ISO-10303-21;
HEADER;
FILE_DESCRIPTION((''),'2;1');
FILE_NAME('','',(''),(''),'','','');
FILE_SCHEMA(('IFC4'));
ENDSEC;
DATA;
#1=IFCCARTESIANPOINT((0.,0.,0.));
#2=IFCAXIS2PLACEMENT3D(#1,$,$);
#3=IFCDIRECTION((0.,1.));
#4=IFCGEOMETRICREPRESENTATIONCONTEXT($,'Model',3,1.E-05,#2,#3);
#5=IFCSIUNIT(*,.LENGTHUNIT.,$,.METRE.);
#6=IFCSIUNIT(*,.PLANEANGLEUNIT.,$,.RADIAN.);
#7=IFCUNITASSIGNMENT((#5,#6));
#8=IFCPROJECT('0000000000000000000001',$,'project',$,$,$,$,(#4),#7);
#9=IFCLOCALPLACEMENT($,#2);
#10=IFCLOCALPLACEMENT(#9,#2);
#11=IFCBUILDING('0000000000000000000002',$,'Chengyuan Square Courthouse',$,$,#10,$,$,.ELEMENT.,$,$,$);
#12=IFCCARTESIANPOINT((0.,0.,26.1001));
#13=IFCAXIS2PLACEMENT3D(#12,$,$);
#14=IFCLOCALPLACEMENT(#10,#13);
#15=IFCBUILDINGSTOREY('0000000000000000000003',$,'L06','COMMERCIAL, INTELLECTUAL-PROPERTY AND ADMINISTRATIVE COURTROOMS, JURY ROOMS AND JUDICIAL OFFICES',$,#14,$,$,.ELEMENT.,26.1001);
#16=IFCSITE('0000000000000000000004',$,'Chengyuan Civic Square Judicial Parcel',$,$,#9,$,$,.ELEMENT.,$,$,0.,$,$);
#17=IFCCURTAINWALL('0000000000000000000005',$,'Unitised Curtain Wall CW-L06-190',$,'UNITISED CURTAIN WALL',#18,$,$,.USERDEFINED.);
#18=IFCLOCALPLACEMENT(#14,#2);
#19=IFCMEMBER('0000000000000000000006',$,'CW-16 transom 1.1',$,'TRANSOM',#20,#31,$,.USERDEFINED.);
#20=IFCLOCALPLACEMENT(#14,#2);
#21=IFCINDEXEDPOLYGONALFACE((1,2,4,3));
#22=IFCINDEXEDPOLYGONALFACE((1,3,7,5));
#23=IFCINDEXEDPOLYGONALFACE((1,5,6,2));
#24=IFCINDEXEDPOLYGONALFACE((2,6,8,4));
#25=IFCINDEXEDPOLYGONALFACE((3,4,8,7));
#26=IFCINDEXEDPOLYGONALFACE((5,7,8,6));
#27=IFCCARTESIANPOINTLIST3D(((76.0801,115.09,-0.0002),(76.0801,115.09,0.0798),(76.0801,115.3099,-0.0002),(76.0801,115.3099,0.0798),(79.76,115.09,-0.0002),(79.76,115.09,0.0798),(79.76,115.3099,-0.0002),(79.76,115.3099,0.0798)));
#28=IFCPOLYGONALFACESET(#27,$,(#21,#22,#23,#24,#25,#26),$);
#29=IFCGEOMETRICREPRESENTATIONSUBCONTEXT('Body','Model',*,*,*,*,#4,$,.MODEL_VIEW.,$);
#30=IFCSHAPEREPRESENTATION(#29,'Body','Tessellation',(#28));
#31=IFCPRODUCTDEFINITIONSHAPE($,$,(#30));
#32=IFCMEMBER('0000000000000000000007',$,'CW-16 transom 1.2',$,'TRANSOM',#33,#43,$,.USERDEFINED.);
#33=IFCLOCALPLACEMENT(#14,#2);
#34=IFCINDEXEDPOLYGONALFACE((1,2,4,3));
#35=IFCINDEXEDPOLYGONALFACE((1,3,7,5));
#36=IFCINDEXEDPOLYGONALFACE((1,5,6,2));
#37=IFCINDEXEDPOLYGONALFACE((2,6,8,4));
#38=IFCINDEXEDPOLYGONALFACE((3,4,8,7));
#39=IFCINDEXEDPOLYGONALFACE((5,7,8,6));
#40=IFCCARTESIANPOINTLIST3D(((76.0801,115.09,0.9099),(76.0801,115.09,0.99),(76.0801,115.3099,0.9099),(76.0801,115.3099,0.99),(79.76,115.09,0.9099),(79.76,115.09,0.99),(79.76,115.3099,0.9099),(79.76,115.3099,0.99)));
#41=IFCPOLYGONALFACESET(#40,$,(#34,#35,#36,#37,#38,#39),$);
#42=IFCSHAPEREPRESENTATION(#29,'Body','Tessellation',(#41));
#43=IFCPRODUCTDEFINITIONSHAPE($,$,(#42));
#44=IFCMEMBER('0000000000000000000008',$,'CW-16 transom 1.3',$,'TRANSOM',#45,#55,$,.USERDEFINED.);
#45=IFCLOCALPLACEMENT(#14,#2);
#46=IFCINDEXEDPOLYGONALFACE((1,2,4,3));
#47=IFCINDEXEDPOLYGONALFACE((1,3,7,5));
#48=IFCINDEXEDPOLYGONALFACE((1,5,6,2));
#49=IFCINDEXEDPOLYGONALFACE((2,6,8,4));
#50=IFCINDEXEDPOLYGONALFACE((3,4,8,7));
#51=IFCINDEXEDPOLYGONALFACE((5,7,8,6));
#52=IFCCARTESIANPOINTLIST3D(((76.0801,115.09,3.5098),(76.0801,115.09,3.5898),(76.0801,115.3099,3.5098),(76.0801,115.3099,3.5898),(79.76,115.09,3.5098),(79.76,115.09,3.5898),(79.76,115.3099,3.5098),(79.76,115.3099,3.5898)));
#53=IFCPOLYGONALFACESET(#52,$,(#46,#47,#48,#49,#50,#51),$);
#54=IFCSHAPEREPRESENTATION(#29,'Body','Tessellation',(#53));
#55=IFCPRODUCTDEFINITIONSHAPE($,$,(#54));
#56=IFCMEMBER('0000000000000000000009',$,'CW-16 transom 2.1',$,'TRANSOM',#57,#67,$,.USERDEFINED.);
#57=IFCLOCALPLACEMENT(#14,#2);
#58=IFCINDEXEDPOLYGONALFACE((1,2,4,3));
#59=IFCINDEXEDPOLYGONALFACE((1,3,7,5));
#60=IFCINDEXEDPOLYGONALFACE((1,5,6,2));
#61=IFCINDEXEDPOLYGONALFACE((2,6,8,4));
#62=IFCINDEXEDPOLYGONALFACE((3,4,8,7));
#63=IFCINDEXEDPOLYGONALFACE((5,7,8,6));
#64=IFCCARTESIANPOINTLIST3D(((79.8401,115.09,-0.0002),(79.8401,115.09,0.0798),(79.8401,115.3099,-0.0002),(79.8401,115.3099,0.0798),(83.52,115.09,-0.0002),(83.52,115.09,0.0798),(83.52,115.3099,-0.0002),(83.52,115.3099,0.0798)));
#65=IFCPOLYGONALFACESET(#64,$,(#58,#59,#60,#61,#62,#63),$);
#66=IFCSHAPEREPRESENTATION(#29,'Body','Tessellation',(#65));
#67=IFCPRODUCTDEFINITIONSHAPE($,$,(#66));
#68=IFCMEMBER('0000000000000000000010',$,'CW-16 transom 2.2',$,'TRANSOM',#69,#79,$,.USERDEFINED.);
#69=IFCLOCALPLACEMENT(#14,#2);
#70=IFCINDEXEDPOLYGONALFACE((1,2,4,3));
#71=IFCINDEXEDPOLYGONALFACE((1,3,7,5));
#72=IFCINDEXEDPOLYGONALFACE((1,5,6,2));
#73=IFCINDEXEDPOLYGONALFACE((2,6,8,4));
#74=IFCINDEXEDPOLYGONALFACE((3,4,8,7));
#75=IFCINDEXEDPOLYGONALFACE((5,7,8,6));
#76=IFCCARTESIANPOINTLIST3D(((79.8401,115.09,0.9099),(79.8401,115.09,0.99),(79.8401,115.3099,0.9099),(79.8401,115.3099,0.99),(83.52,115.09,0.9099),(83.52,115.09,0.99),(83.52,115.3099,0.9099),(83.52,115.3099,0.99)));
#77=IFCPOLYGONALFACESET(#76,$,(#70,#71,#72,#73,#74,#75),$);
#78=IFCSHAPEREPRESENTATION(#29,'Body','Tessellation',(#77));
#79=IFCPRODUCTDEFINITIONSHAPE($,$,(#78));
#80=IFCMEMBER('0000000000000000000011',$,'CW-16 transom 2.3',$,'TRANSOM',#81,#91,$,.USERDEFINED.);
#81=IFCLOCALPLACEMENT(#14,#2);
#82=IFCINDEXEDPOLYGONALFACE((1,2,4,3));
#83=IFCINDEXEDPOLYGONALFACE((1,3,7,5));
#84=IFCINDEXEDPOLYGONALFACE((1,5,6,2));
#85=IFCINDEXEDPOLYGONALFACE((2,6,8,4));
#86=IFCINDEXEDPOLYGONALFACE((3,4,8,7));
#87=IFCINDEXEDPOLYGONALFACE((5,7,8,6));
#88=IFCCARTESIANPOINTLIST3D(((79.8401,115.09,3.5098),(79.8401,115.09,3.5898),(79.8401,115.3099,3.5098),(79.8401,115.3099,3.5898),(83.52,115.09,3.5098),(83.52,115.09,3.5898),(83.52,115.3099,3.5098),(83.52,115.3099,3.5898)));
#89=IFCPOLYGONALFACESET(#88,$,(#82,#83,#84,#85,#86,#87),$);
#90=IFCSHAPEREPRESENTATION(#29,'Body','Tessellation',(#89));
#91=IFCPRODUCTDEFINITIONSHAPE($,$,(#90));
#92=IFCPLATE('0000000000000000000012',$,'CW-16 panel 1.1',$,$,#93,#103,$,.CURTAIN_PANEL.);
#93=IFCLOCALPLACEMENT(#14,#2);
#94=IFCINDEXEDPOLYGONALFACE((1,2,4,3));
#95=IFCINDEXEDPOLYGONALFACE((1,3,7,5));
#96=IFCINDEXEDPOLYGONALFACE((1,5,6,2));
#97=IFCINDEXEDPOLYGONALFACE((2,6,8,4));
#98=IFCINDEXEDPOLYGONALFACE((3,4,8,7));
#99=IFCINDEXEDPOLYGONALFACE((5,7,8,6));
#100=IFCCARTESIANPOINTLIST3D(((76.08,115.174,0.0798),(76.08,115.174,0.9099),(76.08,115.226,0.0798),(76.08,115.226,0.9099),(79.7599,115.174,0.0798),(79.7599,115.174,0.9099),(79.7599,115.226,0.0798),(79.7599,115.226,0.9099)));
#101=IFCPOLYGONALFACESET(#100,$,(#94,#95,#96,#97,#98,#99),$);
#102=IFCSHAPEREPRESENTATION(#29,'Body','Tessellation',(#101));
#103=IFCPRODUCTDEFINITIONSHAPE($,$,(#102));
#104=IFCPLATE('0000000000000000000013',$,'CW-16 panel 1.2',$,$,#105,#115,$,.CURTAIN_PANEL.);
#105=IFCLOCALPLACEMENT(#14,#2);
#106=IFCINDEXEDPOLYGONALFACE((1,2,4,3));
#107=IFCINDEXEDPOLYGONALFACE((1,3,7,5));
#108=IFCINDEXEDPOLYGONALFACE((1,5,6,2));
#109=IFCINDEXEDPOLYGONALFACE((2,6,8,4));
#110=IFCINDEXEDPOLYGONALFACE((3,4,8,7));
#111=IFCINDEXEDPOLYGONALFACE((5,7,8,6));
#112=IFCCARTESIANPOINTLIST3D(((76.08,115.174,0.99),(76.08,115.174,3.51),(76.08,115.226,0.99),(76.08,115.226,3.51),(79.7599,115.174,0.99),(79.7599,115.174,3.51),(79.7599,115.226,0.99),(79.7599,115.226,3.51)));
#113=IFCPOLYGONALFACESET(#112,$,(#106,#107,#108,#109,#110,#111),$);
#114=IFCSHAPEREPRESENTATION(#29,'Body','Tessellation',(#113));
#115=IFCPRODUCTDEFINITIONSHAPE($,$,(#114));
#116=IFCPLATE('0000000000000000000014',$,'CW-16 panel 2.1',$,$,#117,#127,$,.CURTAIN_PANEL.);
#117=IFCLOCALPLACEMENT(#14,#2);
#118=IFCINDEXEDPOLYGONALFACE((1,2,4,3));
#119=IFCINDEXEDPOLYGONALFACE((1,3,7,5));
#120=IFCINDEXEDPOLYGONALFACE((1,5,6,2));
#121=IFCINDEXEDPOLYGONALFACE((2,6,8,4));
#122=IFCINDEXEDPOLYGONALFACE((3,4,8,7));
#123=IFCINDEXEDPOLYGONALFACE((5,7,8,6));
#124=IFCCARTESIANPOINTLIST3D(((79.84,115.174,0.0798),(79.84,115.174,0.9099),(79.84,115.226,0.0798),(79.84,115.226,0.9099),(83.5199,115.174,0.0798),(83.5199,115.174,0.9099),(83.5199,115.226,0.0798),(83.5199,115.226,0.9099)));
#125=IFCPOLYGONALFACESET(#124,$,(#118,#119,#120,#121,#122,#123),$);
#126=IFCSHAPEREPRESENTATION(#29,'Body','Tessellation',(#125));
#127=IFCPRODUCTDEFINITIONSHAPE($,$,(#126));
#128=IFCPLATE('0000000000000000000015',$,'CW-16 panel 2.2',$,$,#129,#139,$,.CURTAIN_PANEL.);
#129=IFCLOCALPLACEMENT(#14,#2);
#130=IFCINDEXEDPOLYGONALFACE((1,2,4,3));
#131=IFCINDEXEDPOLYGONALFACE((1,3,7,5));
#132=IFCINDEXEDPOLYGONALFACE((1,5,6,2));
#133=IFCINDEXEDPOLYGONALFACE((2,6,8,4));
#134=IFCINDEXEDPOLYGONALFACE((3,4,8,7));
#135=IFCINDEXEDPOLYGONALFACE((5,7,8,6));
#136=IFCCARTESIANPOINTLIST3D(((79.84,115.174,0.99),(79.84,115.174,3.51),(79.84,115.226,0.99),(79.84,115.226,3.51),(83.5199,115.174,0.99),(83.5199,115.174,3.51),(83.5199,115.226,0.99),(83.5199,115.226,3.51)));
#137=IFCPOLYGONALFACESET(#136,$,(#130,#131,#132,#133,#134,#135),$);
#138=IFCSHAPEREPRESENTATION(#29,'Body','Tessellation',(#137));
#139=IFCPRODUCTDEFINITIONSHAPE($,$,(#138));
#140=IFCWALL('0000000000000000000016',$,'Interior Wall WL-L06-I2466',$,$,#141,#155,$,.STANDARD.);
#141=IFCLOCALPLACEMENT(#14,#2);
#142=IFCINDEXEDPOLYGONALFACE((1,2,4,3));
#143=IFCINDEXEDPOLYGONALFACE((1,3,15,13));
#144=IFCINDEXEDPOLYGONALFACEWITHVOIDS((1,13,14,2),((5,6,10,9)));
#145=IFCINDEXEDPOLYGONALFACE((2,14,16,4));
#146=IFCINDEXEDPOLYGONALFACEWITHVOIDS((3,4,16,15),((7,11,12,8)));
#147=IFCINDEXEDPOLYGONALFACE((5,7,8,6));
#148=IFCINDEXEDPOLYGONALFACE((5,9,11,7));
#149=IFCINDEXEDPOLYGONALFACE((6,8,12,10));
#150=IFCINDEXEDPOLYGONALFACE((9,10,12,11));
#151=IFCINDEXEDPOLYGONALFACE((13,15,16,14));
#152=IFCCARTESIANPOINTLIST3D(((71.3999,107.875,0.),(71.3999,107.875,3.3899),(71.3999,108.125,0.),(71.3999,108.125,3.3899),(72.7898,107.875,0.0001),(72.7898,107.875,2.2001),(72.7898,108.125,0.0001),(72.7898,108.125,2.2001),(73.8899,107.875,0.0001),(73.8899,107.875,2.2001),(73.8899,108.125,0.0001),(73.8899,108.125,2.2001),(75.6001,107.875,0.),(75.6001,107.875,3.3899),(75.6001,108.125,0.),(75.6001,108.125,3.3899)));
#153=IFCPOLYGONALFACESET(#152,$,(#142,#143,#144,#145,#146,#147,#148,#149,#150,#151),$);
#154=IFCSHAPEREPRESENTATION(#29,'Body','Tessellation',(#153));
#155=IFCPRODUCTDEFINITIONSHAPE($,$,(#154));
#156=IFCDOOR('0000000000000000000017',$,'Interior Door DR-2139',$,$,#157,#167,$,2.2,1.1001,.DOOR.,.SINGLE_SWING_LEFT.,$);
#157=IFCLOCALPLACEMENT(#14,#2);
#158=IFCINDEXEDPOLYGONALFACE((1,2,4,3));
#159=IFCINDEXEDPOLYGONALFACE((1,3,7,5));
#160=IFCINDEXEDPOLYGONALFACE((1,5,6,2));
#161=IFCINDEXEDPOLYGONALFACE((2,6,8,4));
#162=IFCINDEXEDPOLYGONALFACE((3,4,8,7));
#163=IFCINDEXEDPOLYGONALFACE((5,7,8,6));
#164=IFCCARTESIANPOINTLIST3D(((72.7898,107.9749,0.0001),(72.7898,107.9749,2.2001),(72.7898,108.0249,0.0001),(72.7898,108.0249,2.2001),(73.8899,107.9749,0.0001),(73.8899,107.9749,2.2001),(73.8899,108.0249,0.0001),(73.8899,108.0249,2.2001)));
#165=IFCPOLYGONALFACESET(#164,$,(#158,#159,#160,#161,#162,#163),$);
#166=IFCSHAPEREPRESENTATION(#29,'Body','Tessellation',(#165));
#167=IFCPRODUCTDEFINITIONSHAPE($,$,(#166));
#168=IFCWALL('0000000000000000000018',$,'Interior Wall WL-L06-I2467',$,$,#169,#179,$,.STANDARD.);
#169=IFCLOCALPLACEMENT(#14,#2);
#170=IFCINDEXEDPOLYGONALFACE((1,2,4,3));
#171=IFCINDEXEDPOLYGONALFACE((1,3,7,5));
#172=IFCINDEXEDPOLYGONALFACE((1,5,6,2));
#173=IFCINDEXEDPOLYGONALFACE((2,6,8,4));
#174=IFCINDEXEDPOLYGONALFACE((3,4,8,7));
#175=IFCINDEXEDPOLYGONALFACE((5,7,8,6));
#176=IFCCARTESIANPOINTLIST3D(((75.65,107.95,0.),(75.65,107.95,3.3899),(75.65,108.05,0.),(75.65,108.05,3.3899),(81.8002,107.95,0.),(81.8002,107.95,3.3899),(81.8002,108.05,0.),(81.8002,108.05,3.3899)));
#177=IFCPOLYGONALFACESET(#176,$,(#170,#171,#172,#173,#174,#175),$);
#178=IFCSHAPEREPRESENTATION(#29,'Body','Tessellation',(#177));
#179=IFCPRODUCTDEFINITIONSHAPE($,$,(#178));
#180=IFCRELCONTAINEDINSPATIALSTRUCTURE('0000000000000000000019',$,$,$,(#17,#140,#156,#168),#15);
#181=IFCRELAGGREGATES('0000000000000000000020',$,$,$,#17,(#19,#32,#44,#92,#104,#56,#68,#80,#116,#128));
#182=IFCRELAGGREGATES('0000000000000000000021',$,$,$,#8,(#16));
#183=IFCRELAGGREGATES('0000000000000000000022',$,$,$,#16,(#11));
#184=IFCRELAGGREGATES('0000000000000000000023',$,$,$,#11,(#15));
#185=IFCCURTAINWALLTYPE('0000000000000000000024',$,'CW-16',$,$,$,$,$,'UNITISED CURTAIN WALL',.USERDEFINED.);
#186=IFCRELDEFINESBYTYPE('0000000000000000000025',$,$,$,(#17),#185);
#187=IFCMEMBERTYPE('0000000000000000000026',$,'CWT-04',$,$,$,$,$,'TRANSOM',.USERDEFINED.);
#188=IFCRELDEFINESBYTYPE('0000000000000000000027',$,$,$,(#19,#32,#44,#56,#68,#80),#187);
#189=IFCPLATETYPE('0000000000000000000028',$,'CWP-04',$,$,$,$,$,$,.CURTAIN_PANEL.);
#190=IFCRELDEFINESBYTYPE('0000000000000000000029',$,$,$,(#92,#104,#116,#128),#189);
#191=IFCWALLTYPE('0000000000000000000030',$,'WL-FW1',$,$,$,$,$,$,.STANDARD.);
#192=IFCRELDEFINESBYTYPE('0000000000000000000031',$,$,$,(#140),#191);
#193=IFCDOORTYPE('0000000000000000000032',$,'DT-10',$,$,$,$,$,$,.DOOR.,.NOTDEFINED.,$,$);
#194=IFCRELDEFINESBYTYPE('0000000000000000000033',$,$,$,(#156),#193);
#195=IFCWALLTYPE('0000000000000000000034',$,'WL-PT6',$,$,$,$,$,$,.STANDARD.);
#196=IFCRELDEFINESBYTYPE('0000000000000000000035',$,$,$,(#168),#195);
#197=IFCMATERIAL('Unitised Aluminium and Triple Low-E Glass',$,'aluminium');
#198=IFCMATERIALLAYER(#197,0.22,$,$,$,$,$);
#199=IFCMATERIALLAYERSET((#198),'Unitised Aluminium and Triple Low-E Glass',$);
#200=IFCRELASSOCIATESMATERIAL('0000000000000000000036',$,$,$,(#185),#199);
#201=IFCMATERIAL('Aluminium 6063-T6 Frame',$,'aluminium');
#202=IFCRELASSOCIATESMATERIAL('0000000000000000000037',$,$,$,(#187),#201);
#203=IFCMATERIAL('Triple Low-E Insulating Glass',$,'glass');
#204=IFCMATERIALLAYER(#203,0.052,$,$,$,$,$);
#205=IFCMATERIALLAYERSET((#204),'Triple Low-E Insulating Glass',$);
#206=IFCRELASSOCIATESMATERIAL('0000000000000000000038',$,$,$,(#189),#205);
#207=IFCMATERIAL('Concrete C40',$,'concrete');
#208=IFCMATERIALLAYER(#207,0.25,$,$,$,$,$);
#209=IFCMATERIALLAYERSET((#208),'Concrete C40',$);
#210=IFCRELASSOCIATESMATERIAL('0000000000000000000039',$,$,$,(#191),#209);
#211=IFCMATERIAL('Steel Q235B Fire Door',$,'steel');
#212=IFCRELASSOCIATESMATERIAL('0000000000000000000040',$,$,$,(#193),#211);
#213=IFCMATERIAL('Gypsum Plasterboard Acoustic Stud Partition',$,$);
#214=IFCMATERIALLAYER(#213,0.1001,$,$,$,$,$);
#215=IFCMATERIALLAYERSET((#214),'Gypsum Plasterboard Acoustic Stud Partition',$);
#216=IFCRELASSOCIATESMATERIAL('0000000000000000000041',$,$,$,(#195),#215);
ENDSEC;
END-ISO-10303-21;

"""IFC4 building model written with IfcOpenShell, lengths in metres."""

from ifc_helpers import new_model, si_unit, direction, frame, frame_2d, origin, origin_2d, place, context, subcontext, project, spatial, rectangle, extrude, material, layer, layer_set, material_profile, profile_set, type_object, element, fill, aggregate, save


model = new_model("IFC4")

# Units and contexts
model_context = context("Model", 3, precision=1e-05, world=origin(), true_north=direction((0.0, 1.0)))
body_context = subcontext(model_context, "Body", "Model", "MODEL_VIEW")
ifc_project = project(units=[si_unit("LENGTHUNIT", "METRE"), si_unit("PLANEANGLEUNIT", "RADIAN")], contexts=[model_context])

# Site, building, storey
site_placement = place(None, origin())
site = spatial("IfcSite", under=ifc_project, at=site_placement, Name="Chengyuan Civic Square Judicial Parcel", CompositionType="ELEMENT", RefElevation=0.0)
building_placement = place(site_placement, origin())
building = spatial("IfcBuilding", under=site, at=building_placement, Name="Chengyuan Square Courthouse", CompositionType="ELEMENT")
storey_placement = place(building_placement, frame((0.0, 0.0, 26.1001)))
storey = spatial("IfcBuildingStorey", under=building, at=storey_placement, Name="L06", Description="COMMERCIAL, INTELLECTUAL-PROPERTY AND ADMINISTRATIVE COURTROOMS, JURY ROOMS AND JUDICIAL OFFICES", CompositionType="ELEMENT", Elevation=26.1001)

# Shared definitions
ifc_material_1 = material(Name="Concrete C40", Category="concrete")

# Curtain wall, members, plates
ifc_material_2 = material(Name="Unitised Aluminium and Triple Low-E Glass", Category="aluminium")
ifc_layer_1 = layer(ifc_material_2, 0.22)
ifc_layer_set_1 = layer_set([ifc_layer_1], Name="Unitised Aluminium and Triple Low-E Glass")
curtain_wall_type = type_object("IfcCurtainWallType", Name="CW-16", ElementType="UNITISED CURTAIN WALL", PredefinedType="USERDEFINED", material=ifc_layer_set_1)
curtain_wall_placement = place(storey_placement, origin())
curtain_wall = element("IfcCurtainWall", 1, at=curtain_wall_placement, inside=storey, type_object=curtain_wall_type, Name="Unitised Curtain Wall CW-L06-190", ObjectType="UNITISED CURTAIN WALL", PredefinedType="USERDEFINED")
ifc_material_3 = material(Name="Aluminium 6063-T6 Frame", Category="aluminium")
ifc_material_profile_1 = material_profile(ifc_material_3, rectangle(XDim=0.22, YDim=0.0801, at=origin_2d()), Name="CW-TRN-80x180")
ifc_profile_set_1 = profile_set([ifc_material_profile_1], Name="Aluminium 6063-T6 Frame")
member_type_1 = type_object("IfcMemberType", Name="CWT-04", ElementType="TRANSOM", PredefinedType="USERDEFINED", material=ifc_profile_set_1)
member_1_placement = place(storey_placement, frame((76.0801, 115.2, 0.0398), z_axis=(1.0, 0.0, 0.0), x_axis=(0.0, 1.0, 0.0)))
member_1 = element("IfcMember", 2, at=member_1_placement, type_object=member_type_1, Name="CW-16 transom 1.1", ObjectType="TRANSOM", PredefinedType="USERDEFINED", context=body_context, shape_type="SweptSolid", body=[
    extrude(rectangle(XDim=0.22, YDim=0.0801, at=origin_2d()), origin(), (0.0, 0.0, 1.0), 3.6799),
])
member_2_placement = place(storey_placement, frame((76.0801, 115.2, 0.95), z_axis=(1.0, 0.0, 0.0), x_axis=(0.0, 1.0, 0.0)))
member_2 = element("IfcMember", 3, at=member_2_placement, type_object=member_type_1, Name="CW-16 transom 1.2", ObjectType="TRANSOM", PredefinedType="USERDEFINED", context=body_context, shape_type="SweptSolid", body=[
    extrude(rectangle(XDim=0.22, YDim=0.0801, at=origin_2d()), origin(), (0.0, 0.0, 1.0), 3.6799),
])
member_3_placement = place(storey_placement, frame((76.0801, 115.2, 3.5498), z_axis=(1.0, 0.0, 0.0), x_axis=(0.0, 1.0, 0.0)))
member_3 = element("IfcMember", 4, at=member_3_placement, type_object=member_type_1, Name="CW-16 transom 1.3", ObjectType="TRANSOM", PredefinedType="USERDEFINED", context=body_context, shape_type="SweptSolid", body=[
    extrude(rectangle(XDim=0.22, YDim=0.0801, at=origin_2d()), origin(), (0.0, 0.0, 1.0), 3.6799),
])
member_4_placement = place(storey_placement, frame((79.8401, 115.2, 0.0398), z_axis=(1.0, 0.0, 0.0), x_axis=(0.0, 1.0, 0.0)))
member_4 = element("IfcMember", 5, at=member_4_placement, type_object=member_type_1, Name="CW-16 transom 2.1", ObjectType="TRANSOM", PredefinedType="USERDEFINED", context=body_context, shape_type="SweptSolid", body=[
    extrude(rectangle(XDim=0.22, YDim=0.0801, at=origin_2d()), origin(), (0.0, 0.0, 1.0), 3.6799),
])
member_5_placement = place(storey_placement, frame((79.8401, 115.2, 0.95), z_axis=(1.0, 0.0, 0.0), x_axis=(0.0, 1.0, 0.0)))
member_5 = element("IfcMember", 6, at=member_5_placement, type_object=member_type_1, Name="CW-16 transom 2.2", ObjectType="TRANSOM", PredefinedType="USERDEFINED", context=body_context, shape_type="SweptSolid", body=[
    extrude(rectangle(XDim=0.22, YDim=0.0801, at=origin_2d()), origin(), (0.0, 0.0, 1.0), 3.6799),
])
member_6_placement = place(storey_placement, frame((79.8401, 115.2, 3.5498), z_axis=(1.0, 0.0, 0.0), x_axis=(0.0, 1.0, 0.0)))
member_6 = element("IfcMember", 7, at=member_6_placement, type_object=member_type_1, Name="CW-16 transom 2.3", ObjectType="TRANSOM", PredefinedType="USERDEFINED", context=body_context, shape_type="SweptSolid", body=[
    extrude(rectangle(XDim=0.22, YDim=0.0801, at=origin_2d()), origin(), (0.0, 0.0, 1.0), 3.6799),
])
ifc_material_4 = material(Name="Triple Low-E Insulating Glass", Category="glass")
ifc_layer_2 = layer(ifc_material_4, 0.052)
ifc_layer_set_2 = layer_set([ifc_layer_2], Name="Triple Low-E Insulating Glass")
plate_type = type_object("IfcPlateType", Name="CWP-04", PredefinedType="CURTAIN_PANEL", material=ifc_layer_set_2)
plate_1_placement = place(storey_placement, frame((77.9199, 115.2, 0.0798), z_axis=(0.0, 0.0, 1.0), x_axis=(1.0, 0.0, 0.0)))
plate_1 = element("IfcPlate", 8, at=plate_1_placement, type_object=plate_type, Name="CW-16 panel 1.1", PredefinedType="CURTAIN_PANEL", context=body_context, shape_type="SweptSolid", body=[
    extrude(rectangle(XDim=3.6799, YDim=0.052, at=origin_2d()), origin(), (0.0, 0.0, 1.0), 0.8301),
])
plate_2_placement = place(storey_placement, frame((77.9199, 115.2, 0.99), z_axis=(0.0, 0.0, 1.0), x_axis=(1.0, 0.0, 0.0)))
plate_2 = element("IfcPlate", 9, at=plate_2_placement, type_object=plate_type, Name="CW-16 panel 1.2", PredefinedType="CURTAIN_PANEL", context=body_context, shape_type="SweptSolid", body=[
    extrude(rectangle(XDim=3.6799, YDim=0.052, at=origin_2d()), origin(), (0.0, 0.0, 1.0), 2.52),
])
plate_3_placement = place(storey_placement, frame((81.6799, 115.2, 0.0798), z_axis=(0.0, 0.0, 1.0), x_axis=(1.0, 0.0, 0.0)))
plate_3 = element("IfcPlate", 10, at=plate_3_placement, type_object=plate_type, Name="CW-16 panel 2.1", PredefinedType="CURTAIN_PANEL", context=body_context, shape_type="SweptSolid", body=[
    extrude(rectangle(XDim=3.6799, YDim=0.052, at=origin_2d()), origin(), (0.0, 0.0, 1.0), 0.8301),
])
plate_4_placement = place(storey_placement, frame((81.6799, 115.2, 0.99), z_axis=(0.0, 0.0, 1.0), x_axis=(1.0, 0.0, 0.0)))
plate_4 = element("IfcPlate", 11, at=plate_4_placement, type_object=plate_type, Name="CW-16 panel 2.2", PredefinedType="CURTAIN_PANEL", context=body_context, shape_type="SweptSolid", body=[
    extrude(rectangle(XDim=3.6799, YDim=0.052, at=origin_2d()), origin(), (0.0, 0.0, 1.0), 2.52),
])
aggregate(curtain_wall, [member_1, member_2, member_3, plate_1, plate_2, member_4, member_5, member_6, plate_3, plate_4])

# Wall, opening, door
ifc_layer_3 = layer(ifc_material_1, 0.25)
ifc_layer_set_3 = layer_set([ifc_layer_3], Name="Concrete C40")
wall_type_1 = type_object("IfcWallType", Name="WL-FW1", PredefinedType="STANDARD", material=ifc_layer_set_3)
wall_1_placement = place(storey_placement, frame((71.3999, 108.0, 0.0), z_axis=(0.0, 0.0, 1.0), x_axis=(1.0, 0.0, 0.0)))
wall_1 = element("IfcWall", 12, at=wall_1_placement, inside=storey, type_object=wall_type_1, Name="Interior Wall WL-L06-I2466", PredefinedType="STANDARD", context=body_context, shape_type="SweptSolid", body=[
    extrude(rectangle(XDim=4.2002, YDim=0.25, at=frame_2d((2.1001, 0.0))), origin(), (0.0, 0.0, 1.0), 3.3899),
])
opening_1_placement = place(wall_1_placement, frame((1.3899, 0.0, 0.0)))
opening_1 = element("IfcOpeningElement", 13, at=opening_1_placement, cuts=wall_1, PredefinedType="OPENING", context=body_context, shape_type="SweptSolid", body=[
    extrude(rectangle(XDim=1.1001, YDim=2.2, at=frame_2d((0.55, 1.1001))), frame((0.0, 0.137, 0.0), z_axis=(0.0, -1.0, 0.0), x_axis=(1.0, 0.0, 0.0)), (0.0, 0.0, 1.0), 0.2739),
])
ifc_material_5 = material(Name="Steel Q235B Fire Door", Category="steel")
door_type_1 = type_object("IfcDoorType", Name="DT-10", OperationType="NOTDEFINED", PredefinedType="DOOR", material=ifc_material_5)
door_1_placement = place(opening_1_placement, origin())
door_1 = element("IfcDoor", 14, at=door_1_placement, inside=storey, type_object=door_type_1, Name="Interior Door DR-2139", OperationType="SINGLE_SWING_LEFT", OverallHeight=2.2, OverallWidth=1.1001, PredefinedType="DOOR", context=body_context, shape_type="SweptSolid", body=[
    extrude(rectangle(XDim=1.1001, YDim=2.2, at=frame_2d((0.55, 1.1001))), frame((0.0, 0.0249, 0.0), z_axis=(0.0, -1.0, 0.0), x_axis=(1.0, 0.0, 0.0)), (0.0, 0.0, 1.0), 0.05),
])
fill(opening_1, door_1)

# Wall
ifc_material_6 = material(Name="Gypsum Plasterboard Acoustic Stud Partition")
ifc_layer_4 = layer(ifc_material_6, 0.1001)
ifc_layer_set_4 = layer_set([ifc_layer_4], Name="Gypsum Plasterboard Acoustic Stud Partition")
wall_type_2 = type_object("IfcWallType", Name="WL-PT6", PredefinedType="STANDARD", material=ifc_layer_set_4)
wall_2_placement = place(storey_placement, frame((75.6499, 108.0, 0.0), z_axis=(0.0, 0.0, 1.0), x_axis=(1.0, 0.0, 0.0)))
element("IfcWall", 15, at=wall_2_placement, inside=storey, type_object=wall_type_2, Name="Interior Wall WL-L06-I2467", PredefinedType="STANDARD", context=body_context, shape_type="SweptSolid", body=[
    extrude(rectangle(XDim=6.1501, YDim=0.1001, at=frame_2d((3.0752, 0.0))), origin(), (0.0, 0.0, 1.0), 3.3899),
])

save(model, "model.ifc")
